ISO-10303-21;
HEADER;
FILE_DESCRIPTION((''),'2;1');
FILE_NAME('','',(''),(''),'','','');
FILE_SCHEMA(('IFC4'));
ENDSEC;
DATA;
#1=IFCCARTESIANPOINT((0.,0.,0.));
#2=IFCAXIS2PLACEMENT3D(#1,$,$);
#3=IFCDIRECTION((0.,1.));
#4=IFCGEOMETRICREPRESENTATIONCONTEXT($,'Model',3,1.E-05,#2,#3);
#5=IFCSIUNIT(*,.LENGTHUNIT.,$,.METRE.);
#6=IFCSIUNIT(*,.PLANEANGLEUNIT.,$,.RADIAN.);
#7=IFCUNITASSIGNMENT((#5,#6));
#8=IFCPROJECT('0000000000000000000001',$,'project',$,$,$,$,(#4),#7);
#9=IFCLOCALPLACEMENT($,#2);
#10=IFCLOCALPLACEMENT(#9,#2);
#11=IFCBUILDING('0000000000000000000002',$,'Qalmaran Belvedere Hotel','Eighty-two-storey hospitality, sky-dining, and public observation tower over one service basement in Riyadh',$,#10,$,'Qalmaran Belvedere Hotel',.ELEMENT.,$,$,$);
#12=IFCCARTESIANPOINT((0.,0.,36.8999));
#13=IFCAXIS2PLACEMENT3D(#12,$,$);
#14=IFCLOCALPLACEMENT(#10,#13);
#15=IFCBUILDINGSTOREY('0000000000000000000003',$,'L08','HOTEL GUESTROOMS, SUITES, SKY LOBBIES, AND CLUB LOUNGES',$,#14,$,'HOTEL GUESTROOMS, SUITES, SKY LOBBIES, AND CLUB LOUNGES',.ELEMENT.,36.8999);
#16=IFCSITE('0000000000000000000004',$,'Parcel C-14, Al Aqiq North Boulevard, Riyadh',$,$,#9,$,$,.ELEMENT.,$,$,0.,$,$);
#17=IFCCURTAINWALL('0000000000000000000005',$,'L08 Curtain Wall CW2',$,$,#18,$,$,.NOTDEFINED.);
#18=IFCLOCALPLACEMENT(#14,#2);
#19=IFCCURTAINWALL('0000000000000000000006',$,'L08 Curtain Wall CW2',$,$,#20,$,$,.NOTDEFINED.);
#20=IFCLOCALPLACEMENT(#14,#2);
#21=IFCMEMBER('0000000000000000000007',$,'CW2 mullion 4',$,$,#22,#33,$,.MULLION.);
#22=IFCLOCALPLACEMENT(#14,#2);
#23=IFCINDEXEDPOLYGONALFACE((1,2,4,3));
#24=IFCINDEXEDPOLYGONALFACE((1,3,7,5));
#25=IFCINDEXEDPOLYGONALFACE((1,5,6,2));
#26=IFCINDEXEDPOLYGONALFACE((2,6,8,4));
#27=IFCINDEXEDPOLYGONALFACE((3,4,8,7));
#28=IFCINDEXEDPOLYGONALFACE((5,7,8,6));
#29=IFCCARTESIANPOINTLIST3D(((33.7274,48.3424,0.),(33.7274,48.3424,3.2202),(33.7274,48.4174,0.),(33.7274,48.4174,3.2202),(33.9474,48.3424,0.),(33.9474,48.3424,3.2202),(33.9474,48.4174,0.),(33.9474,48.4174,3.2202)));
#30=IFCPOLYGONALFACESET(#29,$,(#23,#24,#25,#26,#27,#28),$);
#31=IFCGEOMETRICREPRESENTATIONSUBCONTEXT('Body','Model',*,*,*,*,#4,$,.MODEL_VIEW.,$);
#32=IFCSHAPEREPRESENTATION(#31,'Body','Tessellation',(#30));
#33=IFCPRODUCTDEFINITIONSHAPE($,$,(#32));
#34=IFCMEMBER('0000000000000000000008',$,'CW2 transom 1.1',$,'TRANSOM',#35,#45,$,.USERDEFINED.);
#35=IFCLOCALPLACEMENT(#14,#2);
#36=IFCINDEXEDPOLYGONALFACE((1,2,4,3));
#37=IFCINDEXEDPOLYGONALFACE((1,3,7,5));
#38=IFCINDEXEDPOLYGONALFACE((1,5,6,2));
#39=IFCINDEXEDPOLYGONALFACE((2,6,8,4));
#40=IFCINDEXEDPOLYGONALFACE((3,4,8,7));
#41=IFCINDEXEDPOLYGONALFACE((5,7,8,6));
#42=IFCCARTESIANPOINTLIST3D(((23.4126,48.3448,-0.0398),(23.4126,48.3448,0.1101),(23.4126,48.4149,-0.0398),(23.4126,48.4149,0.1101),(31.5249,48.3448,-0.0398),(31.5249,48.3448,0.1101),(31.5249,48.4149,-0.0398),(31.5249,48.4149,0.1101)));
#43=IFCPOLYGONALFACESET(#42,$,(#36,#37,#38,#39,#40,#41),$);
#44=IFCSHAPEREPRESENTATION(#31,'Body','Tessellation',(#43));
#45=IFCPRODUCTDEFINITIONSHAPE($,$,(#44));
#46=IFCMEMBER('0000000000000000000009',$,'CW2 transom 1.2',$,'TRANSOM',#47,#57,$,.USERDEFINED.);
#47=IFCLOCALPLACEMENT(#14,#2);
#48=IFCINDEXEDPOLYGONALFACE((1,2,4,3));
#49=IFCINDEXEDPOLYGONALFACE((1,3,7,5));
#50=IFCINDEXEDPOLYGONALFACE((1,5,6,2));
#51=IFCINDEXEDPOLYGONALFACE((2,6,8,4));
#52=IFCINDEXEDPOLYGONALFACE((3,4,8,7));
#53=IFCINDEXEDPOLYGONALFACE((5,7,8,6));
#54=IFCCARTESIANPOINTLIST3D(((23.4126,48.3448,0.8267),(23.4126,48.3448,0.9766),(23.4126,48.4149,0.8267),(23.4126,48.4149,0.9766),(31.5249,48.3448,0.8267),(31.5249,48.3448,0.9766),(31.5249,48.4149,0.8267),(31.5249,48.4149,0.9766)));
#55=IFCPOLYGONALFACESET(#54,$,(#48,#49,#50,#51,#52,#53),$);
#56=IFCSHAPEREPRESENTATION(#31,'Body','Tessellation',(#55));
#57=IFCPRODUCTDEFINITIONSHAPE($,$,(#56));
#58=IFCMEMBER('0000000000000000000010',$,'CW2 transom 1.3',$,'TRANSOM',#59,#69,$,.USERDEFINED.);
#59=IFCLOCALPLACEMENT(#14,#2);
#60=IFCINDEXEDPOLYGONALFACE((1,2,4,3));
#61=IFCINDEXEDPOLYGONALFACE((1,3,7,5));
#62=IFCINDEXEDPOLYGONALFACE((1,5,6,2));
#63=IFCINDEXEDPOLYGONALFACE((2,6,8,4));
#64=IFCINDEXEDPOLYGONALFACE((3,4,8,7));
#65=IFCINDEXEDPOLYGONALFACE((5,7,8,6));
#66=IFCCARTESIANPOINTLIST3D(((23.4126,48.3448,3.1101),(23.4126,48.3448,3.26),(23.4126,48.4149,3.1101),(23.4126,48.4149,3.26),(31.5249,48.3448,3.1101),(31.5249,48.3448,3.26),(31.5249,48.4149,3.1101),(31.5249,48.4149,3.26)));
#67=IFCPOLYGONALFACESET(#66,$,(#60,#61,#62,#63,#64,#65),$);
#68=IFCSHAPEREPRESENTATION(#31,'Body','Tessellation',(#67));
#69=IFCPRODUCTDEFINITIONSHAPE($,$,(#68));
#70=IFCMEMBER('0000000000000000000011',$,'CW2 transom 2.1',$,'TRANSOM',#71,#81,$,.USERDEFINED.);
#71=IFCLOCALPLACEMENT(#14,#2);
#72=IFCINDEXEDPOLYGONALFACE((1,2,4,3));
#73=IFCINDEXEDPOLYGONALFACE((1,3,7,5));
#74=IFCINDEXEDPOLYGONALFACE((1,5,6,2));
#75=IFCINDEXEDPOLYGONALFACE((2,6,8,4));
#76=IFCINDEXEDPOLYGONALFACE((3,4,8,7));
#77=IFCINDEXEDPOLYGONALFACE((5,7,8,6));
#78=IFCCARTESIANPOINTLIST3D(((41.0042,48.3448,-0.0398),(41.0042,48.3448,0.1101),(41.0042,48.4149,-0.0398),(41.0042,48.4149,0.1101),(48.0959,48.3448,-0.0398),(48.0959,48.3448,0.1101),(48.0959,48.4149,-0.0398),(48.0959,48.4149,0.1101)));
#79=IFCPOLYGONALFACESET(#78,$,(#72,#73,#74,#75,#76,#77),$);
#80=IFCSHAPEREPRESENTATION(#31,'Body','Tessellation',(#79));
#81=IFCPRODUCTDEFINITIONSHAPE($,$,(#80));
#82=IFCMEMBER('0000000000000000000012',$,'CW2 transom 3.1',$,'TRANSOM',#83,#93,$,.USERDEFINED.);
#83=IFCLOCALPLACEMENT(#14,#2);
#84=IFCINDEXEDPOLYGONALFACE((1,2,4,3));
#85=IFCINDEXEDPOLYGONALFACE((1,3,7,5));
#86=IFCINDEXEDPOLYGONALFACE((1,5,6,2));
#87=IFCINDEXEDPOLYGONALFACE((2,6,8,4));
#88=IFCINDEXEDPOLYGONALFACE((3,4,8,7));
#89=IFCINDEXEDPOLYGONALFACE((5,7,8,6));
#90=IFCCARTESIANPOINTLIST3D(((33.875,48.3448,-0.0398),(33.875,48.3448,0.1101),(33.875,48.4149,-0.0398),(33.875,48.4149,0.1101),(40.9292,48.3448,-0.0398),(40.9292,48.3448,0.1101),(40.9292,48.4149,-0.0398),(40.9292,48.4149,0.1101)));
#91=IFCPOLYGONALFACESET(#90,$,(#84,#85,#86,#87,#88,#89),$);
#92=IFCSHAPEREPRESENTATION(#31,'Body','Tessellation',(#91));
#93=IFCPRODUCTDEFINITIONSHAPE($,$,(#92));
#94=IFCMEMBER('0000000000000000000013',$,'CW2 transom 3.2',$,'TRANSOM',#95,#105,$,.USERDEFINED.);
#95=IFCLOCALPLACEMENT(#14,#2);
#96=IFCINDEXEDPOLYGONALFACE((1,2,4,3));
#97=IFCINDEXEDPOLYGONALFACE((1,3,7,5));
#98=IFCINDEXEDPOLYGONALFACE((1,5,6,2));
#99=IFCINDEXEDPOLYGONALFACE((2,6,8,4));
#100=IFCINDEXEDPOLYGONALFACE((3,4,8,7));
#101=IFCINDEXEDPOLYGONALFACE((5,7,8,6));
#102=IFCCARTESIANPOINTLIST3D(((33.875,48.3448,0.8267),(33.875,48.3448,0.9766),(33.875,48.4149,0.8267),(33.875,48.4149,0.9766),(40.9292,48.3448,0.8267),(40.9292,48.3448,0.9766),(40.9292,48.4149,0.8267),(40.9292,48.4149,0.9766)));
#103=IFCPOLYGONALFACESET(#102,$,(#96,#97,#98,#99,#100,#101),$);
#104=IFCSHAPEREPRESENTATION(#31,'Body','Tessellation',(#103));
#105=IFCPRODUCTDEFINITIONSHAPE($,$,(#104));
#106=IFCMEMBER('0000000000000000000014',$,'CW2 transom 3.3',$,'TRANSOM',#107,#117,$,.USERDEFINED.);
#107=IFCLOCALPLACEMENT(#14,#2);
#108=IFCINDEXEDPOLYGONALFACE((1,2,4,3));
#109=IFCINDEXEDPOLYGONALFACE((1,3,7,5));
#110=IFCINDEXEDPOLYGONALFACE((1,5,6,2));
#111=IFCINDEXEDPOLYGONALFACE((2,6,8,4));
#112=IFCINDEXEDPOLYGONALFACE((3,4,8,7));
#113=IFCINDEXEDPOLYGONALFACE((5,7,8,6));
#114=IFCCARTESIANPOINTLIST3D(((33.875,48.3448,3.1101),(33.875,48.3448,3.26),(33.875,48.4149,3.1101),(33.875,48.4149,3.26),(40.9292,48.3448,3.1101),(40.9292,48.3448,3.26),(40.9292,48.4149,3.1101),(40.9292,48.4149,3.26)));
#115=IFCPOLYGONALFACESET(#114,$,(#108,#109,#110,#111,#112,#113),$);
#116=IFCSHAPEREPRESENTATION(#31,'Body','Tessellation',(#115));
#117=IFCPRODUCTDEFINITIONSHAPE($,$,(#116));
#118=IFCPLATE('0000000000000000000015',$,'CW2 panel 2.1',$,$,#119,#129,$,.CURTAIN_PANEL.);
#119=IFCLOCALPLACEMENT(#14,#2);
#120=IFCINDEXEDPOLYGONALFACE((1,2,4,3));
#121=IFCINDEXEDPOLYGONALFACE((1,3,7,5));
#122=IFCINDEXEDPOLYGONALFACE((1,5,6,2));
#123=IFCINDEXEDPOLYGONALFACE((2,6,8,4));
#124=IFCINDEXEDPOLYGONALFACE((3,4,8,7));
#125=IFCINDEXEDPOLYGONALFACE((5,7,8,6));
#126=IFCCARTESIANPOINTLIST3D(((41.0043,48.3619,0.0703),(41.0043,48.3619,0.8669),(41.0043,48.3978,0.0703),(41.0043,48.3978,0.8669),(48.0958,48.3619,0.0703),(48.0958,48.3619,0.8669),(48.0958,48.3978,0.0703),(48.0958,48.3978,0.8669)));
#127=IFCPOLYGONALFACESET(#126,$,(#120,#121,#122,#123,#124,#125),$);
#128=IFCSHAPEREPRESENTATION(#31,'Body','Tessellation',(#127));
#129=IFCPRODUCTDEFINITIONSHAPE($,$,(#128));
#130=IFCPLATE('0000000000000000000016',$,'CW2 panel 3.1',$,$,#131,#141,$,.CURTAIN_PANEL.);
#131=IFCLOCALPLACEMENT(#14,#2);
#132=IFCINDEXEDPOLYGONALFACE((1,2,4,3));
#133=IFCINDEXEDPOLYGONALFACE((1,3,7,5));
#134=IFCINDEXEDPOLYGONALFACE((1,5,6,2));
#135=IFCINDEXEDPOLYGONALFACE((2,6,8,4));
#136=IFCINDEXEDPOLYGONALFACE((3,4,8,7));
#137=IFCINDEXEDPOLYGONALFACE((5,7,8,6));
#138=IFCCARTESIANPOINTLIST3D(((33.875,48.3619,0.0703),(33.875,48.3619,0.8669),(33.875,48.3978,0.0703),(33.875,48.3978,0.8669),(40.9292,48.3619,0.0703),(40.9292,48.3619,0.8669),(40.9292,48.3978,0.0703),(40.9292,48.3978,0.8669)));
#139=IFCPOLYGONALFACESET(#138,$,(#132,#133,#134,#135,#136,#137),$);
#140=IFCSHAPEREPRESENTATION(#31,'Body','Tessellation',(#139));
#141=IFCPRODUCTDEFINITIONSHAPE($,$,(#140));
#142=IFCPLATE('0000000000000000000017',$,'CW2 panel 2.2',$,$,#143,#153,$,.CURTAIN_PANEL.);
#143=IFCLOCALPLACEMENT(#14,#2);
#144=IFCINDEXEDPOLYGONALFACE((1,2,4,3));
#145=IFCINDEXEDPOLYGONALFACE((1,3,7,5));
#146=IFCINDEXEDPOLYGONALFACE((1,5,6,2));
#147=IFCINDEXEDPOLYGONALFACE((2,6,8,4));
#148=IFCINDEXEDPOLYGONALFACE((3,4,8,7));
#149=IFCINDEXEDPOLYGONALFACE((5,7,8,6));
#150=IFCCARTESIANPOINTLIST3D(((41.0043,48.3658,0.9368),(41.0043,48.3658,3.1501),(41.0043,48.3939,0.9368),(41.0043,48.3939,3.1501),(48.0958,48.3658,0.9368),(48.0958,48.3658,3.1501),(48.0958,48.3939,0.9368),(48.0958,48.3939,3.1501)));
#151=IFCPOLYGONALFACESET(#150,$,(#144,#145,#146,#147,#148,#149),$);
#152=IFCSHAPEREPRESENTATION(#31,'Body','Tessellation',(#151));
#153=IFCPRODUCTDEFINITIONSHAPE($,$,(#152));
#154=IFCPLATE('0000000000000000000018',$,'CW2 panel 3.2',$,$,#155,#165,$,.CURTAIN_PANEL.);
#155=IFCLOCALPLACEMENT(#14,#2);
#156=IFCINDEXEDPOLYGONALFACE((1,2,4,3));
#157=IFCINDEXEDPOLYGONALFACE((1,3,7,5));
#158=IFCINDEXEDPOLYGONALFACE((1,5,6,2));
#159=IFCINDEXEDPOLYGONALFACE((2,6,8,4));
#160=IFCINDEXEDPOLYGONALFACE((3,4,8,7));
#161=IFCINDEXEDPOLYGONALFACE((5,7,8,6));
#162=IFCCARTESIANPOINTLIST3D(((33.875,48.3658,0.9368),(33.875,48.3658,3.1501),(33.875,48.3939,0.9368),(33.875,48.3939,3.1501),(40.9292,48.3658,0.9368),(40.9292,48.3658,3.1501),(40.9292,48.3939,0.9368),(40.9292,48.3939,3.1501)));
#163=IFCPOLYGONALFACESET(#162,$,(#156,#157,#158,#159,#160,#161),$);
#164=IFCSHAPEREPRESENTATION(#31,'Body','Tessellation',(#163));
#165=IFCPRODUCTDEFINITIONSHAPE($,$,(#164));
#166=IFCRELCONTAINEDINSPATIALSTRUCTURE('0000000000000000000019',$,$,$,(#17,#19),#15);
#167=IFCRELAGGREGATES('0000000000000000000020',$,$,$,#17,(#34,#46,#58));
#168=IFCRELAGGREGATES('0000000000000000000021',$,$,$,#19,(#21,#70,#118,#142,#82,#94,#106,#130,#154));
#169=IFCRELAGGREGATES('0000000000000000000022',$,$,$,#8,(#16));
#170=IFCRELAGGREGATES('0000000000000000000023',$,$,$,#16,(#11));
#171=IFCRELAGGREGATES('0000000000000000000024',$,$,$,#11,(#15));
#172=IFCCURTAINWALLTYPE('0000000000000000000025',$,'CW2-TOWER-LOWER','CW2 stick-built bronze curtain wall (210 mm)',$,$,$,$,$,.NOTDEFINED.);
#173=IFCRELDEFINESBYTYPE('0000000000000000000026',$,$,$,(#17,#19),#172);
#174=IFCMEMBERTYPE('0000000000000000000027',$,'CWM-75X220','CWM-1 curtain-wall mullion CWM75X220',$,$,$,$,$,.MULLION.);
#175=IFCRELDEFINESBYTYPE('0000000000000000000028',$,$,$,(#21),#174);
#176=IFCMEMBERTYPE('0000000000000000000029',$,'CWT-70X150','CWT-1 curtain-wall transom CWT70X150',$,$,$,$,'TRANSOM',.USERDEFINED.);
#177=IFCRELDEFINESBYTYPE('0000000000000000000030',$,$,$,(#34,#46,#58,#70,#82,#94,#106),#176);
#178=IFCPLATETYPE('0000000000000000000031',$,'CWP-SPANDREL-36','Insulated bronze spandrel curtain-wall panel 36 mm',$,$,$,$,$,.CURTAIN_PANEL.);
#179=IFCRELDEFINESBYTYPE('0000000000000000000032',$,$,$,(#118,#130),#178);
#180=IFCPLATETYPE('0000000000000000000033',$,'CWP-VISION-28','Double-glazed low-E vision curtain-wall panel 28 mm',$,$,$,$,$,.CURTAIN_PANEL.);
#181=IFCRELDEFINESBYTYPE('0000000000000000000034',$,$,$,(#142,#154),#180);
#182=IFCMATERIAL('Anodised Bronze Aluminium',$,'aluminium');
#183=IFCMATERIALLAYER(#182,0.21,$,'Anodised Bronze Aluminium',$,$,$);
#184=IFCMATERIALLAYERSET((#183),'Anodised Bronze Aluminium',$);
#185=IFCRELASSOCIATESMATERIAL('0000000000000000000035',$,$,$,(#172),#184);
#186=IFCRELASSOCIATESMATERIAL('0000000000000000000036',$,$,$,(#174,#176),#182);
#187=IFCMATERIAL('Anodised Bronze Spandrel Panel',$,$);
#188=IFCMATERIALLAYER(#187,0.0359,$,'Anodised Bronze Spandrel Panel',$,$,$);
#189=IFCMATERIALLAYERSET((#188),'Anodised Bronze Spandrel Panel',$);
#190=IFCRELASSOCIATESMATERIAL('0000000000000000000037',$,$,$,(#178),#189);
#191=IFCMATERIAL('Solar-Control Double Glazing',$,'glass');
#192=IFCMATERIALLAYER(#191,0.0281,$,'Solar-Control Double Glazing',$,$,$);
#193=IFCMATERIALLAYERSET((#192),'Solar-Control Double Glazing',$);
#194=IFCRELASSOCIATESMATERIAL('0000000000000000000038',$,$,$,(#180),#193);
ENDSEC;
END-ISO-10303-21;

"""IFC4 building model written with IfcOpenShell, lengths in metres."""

from ifc_helpers import new_model, si_unit, direction, frame, origin, origin_2d, place, context, subcontext, project, spatial, rectangle, extrude, material, layer, layer_set, material_profile, profile_set, type_object, element, aggregate, save


model = new_model("IFC4")

# Units and contexts
model_context = context("Model", 3, precision=1e-05, world=origin(), true_north=direction((0.0, 1.0)))
body_context = subcontext(model_context, "Body", "Model", "MODEL_VIEW")
ifc_project = project(units=[si_unit("LENGTHUNIT", "METRE"), si_unit("PLANEANGLEUNIT", "RADIAN")], contexts=[model_context])

# Site, building, storey
site_placement = place(None, origin())
site = spatial("IfcSite", under=ifc_project, at=site_placement, Name="Parcel C-14, Al Aqiq North Boulevard, Riyadh", CompositionType="ELEMENT", RefElevation=0.0)
building_placement = place(site_placement, origin())
building = spatial("IfcBuilding", under=site, at=building_placement, Name="Qalmaran Belvedere Hotel", Description="Eighty-two-storey hospitality, sky-dining, and public observation tower over one service basement in Riyadh", LongName="Qalmaran Belvedere Hotel", CompositionType="ELEMENT")
storey_placement = place(building_placement, frame((0.0, 0.0, 36.8999)))
storey = spatial("IfcBuildingStorey", under=building, at=storey_placement, Name="L08", Description="HOTEL GUESTROOMS, SUITES, SKY LOBBIES, AND CLUB LOUNGES", LongName="HOTEL GUESTROOMS, SUITES, SKY LOBBIES, AND CLUB LOUNGES", CompositionType="ELEMENT", Elevation=36.8999)

# Curtain wall
ifc_material_1 = material(Name="Anodised Bronze Aluminium", Category="aluminium")
ifc_layer_1 = layer(ifc_material_1, 0.21, Name="Anodised Bronze Aluminium")
ifc_layer_set_1 = layer_set([ifc_layer_1], Name="Anodised Bronze Aluminium")
curtain_wall_type = type_object("IfcCurtainWallType", Name="CW2-TOWER-LOWER", Description="CW2 stick-built bronze curtain wall (210 mm)", PredefinedType="NOTDEFINED", material=ifc_layer_set_1)
curtain_wall_1_placement = place(storey_placement, origin())
curtain_wall_1 = element("IfcCurtainWall", 1, at=curtain_wall_1_placement, inside=storey, type_object=curtain_wall_type, Name="L08 Curtain Wall CW2", PredefinedType="NOTDEFINED")
ifc_material_profile_1 = material_profile(ifc_material_1, rectangle(XDim=0.075, YDim=0.22, at=origin_2d()), Name="CWM75X220")
ifc_profile_set_1 = profile_set([ifc_material_profile_1], Name="Anodised Bronze Aluminium")
member_type_1 = type_object("IfcMemberType", Name="CWM-75X220", Description="CWM-1 curtain-wall mullion CWM75X220", PredefinedType="MULLION", material=ifc_profile_set_1)

# Curtain wall, member
curtain_wall_2_placement = place(storey_placement, origin())
curtain_wall_2 = element("IfcCurtainWall", 2, at=curtain_wall_2_placement, inside=storey, type_object=curtain_wall_type, Name="L08 Curtain Wall CW2", PredefinedType="NOTDEFINED")
member_1_placement = place(storey_placement, frame((33.8374, 48.3799, 0.0), z_axis=(0.0, 0.0, 1.0), x_axis=(0.0, -1.0, 0.0)))
member_1 = element("IfcMember", 3, at=member_1_placement, type_object=member_type_1, Name="CW2 mullion 4", PredefinedType="MULLION", context=body_context, shape_type="SweptSolid", body=[
    extrude(rectangle(XDim=0.075, YDim=0.22, at=origin_2d()), origin(), (0.0, 0.0, 1.0), 3.2202),
])

# Members
ifc_material_profile_2 = material_profile(ifc_material_1, rectangle(XDim=0.0701, YDim=0.1499, at=origin_2d()), Name="CWT70X150")
ifc_profile_set_2 = profile_set([ifc_material_profile_2], Name="Anodised Bronze Aluminium")
member_type_2 = type_object("IfcMemberType", Name="CWT-70X150", Description="CWT-1 curtain-wall transom CWT70X150", ElementType="TRANSOM", PredefinedType="USERDEFINED", material=ifc_profile_set_2)
member_2_placement = place(storey_placement, frame((31.5249, 48.3799, 0.0352), z_axis=(-1.0, 0.0, 0.0), x_axis=(0.0, -1.0, 0.0)))
member_2 = element("IfcMember", 4, at=member_2_placement, type_object=member_type_2, Name="CW2 transom 1.1", ObjectType="TRANSOM", PredefinedType="USERDEFINED", context=body_context, shape_type="SweptSolid", body=[
    extrude(rectangle(XDim=0.0701, YDim=0.1499, at=origin_2d()), origin(), (0.0, 0.0, 1.0), 8.1123),
])
member_3_placement = place(storey_placement, frame((31.5249, 48.3799, 0.9016), z_axis=(-1.0, 0.0, 0.0), x_axis=(0.0, -1.0, 0.0)))
member_3 = element("IfcMember", 5, at=member_3_placement, type_object=member_type_2, Name="CW2 transom 1.2", ObjectType="TRANSOM", PredefinedType="USERDEFINED", context=body_context, shape_type="SweptSolid", body=[
    extrude(rectangle(XDim=0.0701, YDim=0.1499, at=origin_2d()), origin(), (0.0, 0.0, 1.0), 8.1123),
])
member_4_placement = place(storey_placement, frame((31.5249, 48.3799, 3.1851), z_axis=(-1.0, 0.0, 0.0), x_axis=(0.0, -1.0, 0.0)))
member_4 = element("IfcMember", 6, at=member_4_placement, type_object=member_type_2, Name="CW2 transom 1.3", ObjectType="TRANSOM", PredefinedType="USERDEFINED", context=body_context, shape_type="SweptSolid", body=[
    extrude(rectangle(XDim=0.0701, YDim=0.1499, at=origin_2d()), origin(), (0.0, 0.0, 1.0), 8.1123),
])
aggregate(curtain_wall_1, [member_2, member_3, member_4])
member_5_placement = place(storey_placement, frame((48.0959, 48.3799, 0.0352), z_axis=(-1.0, 0.0, 0.0), x_axis=(0.0, -1.0, 0.0)))
member_5 = element("IfcMember", 7, at=member_5_placement, type_object=member_type_2, Name="CW2 transom 2.1", ObjectType="TRANSOM", PredefinedType="USERDEFINED", context=body_context, shape_type="SweptSolid", body=[
    extrude(rectangle(XDim=0.0701, YDim=0.1499, at=origin_2d()), origin(), (0.0, 0.0, 1.0), 7.0918),
])
member_6_placement = place(storey_placement, frame((40.9292, 48.3799, 0.0352), z_axis=(-1.0, 0.0, 0.0), x_axis=(0.0, -1.0, 0.0)))
member_6 = element("IfcMember", 8, at=member_6_placement, type_object=member_type_2, Name="CW2 transom 3.1", ObjectType="TRANSOM", PredefinedType="USERDEFINED", context=body_context, shape_type="SweptSolid", body=[
    extrude(rectangle(XDim=0.0701, YDim=0.1499, at=origin_2d()), origin(), (0.0, 0.0, 1.0), 7.0542),
])
member_7_placement = place(storey_placement, frame((40.9292, 48.3799, 0.9016), z_axis=(-1.0, 0.0, 0.0), x_axis=(0.0, -1.0, 0.0)))
member_7 = element("IfcMember", 9, at=member_7_placement, type_object=member_type_2, Name="CW2 transom 3.2", ObjectType="TRANSOM", PredefinedType="USERDEFINED", context=body_context, shape_type="SweptSolid", body=[
    extrude(rectangle(XDim=0.0701, YDim=0.1499, at=origin_2d()), origin(), (0.0, 0.0, 1.0), 7.0542),
])
member_8_placement = place(storey_placement, frame((40.9292, 48.3799, 3.1851), z_axis=(-1.0, 0.0, 0.0), x_axis=(0.0, -1.0, 0.0)))
member_8 = element("IfcMember", 10, at=member_8_placement, type_object=member_type_2, Name="CW2 transom 3.3", ObjectType="TRANSOM", PredefinedType="USERDEFINED", context=body_context, shape_type="SweptSolid", body=[
    extrude(rectangle(XDim=0.0701, YDim=0.1499, at=origin_2d()), origin(), (0.0, 0.0, 1.0), 7.0542),
])

# Plates
ifc_material_2 = material(Name="Anodised Bronze Spandrel Panel")
ifc_layer_2 = layer(ifc_material_2, 0.0359, Name="Anodised Bronze Spandrel Panel")
ifc_layer_set_2 = layer_set([ifc_layer_2], Name="Anodised Bronze Spandrel Panel")
plate_type_1 = type_object("IfcPlateType", Name="CWP-SPANDREL-36", Description="Insulated bronze spandrel curtain-wall panel 36 mm", PredefinedType="CURTAIN_PANEL", material=ifc_layer_set_2)
plate_1_placement = place(storey_placement, frame((44.55, 48.3799, 0.0703), z_axis=(0.0, 0.0, 1.0), x_axis=(-1.0, 0.0, 0.0)))
plate_1 = element("IfcPlate", 11, at=plate_1_placement, type_object=plate_type_1, Name="CW2 panel 2.1", PredefinedType="CURTAIN_PANEL", context=body_context, shape_type="SweptSolid", body=[
    extrude(rectangle(XDim=7.0916, YDim=0.0359, at=origin_2d()), origin(), (0.0, 0.0, 1.0), 0.7966),
])
plate_2_placement = place(storey_placement, frame((37.4021, 48.3799, 0.0703), z_axis=(0.0, 0.0, 1.0), x_axis=(-1.0, 0.0, 0.0)))
plate_2 = element("IfcPlate", 12, at=plate_2_placement, type_object=plate_type_1, Name="CW2 panel 3.1", PredefinedType="CURTAIN_PANEL", context=body_context, shape_type="SweptSolid", body=[
    extrude(rectangle(XDim=7.0542, YDim=0.0359, at=origin_2d()), origin(), (0.0, 0.0, 1.0), 0.7966),
])
ifc_material_3 = material(Name="Solar-Control Double Glazing", Category="glass")
ifc_layer_3 = layer(ifc_material_3, 0.0281, Name="Solar-Control Double Glazing")
ifc_layer_set_3 = layer_set([ifc_layer_3], Name="Solar-Control Double Glazing")
plate_type_2 = type_object("IfcPlateType", Name="CWP-VISION-28", Description="Double-glazed low-E vision curtain-wall panel 28 mm", PredefinedType="CURTAIN_PANEL", material=ifc_layer_set_3)
plate_3_placement = place(storey_placement, frame((44.55, 48.3799, 0.9368), z_axis=(0.0, 0.0, 1.0), x_axis=(-1.0, 0.0, 0.0)))
plate_3 = element("IfcPlate", 13, at=plate_3_placement, type_object=plate_type_2, Name="CW2 panel 2.2", PredefinedType="CURTAIN_PANEL", context=body_context, shape_type="SweptSolid", body=[
    extrude(rectangle(XDim=7.0916, YDim=0.0281, at=origin_2d()), origin(), (0.0, 0.0, 1.0), 2.2134),
])
plate_4_placement = place(storey_placement, frame((37.4021, 48.3799, 0.9368), z_axis=(0.0, 0.0, 1.0), x_axis=(-1.0, 0.0, 0.0)))
plate_4 = element("IfcPlate", 14, at=plate_4_placement, type_object=plate_type_2, Name="CW2 panel 3.2", PredefinedType="CURTAIN_PANEL", context=body_context, shape_type="SweptSolid", body=[
    extrude(rectangle(XDim=7.0542, YDim=0.0281, at=origin_2d()), origin(), (0.0, 0.0, 1.0), 2.2134),
])
aggregate(curtain_wall_2, [member_1, member_5, plate_1, plate_3, member_6, member_7, member_8, plate_2, plate_4])

save(model, "model.ifc")
